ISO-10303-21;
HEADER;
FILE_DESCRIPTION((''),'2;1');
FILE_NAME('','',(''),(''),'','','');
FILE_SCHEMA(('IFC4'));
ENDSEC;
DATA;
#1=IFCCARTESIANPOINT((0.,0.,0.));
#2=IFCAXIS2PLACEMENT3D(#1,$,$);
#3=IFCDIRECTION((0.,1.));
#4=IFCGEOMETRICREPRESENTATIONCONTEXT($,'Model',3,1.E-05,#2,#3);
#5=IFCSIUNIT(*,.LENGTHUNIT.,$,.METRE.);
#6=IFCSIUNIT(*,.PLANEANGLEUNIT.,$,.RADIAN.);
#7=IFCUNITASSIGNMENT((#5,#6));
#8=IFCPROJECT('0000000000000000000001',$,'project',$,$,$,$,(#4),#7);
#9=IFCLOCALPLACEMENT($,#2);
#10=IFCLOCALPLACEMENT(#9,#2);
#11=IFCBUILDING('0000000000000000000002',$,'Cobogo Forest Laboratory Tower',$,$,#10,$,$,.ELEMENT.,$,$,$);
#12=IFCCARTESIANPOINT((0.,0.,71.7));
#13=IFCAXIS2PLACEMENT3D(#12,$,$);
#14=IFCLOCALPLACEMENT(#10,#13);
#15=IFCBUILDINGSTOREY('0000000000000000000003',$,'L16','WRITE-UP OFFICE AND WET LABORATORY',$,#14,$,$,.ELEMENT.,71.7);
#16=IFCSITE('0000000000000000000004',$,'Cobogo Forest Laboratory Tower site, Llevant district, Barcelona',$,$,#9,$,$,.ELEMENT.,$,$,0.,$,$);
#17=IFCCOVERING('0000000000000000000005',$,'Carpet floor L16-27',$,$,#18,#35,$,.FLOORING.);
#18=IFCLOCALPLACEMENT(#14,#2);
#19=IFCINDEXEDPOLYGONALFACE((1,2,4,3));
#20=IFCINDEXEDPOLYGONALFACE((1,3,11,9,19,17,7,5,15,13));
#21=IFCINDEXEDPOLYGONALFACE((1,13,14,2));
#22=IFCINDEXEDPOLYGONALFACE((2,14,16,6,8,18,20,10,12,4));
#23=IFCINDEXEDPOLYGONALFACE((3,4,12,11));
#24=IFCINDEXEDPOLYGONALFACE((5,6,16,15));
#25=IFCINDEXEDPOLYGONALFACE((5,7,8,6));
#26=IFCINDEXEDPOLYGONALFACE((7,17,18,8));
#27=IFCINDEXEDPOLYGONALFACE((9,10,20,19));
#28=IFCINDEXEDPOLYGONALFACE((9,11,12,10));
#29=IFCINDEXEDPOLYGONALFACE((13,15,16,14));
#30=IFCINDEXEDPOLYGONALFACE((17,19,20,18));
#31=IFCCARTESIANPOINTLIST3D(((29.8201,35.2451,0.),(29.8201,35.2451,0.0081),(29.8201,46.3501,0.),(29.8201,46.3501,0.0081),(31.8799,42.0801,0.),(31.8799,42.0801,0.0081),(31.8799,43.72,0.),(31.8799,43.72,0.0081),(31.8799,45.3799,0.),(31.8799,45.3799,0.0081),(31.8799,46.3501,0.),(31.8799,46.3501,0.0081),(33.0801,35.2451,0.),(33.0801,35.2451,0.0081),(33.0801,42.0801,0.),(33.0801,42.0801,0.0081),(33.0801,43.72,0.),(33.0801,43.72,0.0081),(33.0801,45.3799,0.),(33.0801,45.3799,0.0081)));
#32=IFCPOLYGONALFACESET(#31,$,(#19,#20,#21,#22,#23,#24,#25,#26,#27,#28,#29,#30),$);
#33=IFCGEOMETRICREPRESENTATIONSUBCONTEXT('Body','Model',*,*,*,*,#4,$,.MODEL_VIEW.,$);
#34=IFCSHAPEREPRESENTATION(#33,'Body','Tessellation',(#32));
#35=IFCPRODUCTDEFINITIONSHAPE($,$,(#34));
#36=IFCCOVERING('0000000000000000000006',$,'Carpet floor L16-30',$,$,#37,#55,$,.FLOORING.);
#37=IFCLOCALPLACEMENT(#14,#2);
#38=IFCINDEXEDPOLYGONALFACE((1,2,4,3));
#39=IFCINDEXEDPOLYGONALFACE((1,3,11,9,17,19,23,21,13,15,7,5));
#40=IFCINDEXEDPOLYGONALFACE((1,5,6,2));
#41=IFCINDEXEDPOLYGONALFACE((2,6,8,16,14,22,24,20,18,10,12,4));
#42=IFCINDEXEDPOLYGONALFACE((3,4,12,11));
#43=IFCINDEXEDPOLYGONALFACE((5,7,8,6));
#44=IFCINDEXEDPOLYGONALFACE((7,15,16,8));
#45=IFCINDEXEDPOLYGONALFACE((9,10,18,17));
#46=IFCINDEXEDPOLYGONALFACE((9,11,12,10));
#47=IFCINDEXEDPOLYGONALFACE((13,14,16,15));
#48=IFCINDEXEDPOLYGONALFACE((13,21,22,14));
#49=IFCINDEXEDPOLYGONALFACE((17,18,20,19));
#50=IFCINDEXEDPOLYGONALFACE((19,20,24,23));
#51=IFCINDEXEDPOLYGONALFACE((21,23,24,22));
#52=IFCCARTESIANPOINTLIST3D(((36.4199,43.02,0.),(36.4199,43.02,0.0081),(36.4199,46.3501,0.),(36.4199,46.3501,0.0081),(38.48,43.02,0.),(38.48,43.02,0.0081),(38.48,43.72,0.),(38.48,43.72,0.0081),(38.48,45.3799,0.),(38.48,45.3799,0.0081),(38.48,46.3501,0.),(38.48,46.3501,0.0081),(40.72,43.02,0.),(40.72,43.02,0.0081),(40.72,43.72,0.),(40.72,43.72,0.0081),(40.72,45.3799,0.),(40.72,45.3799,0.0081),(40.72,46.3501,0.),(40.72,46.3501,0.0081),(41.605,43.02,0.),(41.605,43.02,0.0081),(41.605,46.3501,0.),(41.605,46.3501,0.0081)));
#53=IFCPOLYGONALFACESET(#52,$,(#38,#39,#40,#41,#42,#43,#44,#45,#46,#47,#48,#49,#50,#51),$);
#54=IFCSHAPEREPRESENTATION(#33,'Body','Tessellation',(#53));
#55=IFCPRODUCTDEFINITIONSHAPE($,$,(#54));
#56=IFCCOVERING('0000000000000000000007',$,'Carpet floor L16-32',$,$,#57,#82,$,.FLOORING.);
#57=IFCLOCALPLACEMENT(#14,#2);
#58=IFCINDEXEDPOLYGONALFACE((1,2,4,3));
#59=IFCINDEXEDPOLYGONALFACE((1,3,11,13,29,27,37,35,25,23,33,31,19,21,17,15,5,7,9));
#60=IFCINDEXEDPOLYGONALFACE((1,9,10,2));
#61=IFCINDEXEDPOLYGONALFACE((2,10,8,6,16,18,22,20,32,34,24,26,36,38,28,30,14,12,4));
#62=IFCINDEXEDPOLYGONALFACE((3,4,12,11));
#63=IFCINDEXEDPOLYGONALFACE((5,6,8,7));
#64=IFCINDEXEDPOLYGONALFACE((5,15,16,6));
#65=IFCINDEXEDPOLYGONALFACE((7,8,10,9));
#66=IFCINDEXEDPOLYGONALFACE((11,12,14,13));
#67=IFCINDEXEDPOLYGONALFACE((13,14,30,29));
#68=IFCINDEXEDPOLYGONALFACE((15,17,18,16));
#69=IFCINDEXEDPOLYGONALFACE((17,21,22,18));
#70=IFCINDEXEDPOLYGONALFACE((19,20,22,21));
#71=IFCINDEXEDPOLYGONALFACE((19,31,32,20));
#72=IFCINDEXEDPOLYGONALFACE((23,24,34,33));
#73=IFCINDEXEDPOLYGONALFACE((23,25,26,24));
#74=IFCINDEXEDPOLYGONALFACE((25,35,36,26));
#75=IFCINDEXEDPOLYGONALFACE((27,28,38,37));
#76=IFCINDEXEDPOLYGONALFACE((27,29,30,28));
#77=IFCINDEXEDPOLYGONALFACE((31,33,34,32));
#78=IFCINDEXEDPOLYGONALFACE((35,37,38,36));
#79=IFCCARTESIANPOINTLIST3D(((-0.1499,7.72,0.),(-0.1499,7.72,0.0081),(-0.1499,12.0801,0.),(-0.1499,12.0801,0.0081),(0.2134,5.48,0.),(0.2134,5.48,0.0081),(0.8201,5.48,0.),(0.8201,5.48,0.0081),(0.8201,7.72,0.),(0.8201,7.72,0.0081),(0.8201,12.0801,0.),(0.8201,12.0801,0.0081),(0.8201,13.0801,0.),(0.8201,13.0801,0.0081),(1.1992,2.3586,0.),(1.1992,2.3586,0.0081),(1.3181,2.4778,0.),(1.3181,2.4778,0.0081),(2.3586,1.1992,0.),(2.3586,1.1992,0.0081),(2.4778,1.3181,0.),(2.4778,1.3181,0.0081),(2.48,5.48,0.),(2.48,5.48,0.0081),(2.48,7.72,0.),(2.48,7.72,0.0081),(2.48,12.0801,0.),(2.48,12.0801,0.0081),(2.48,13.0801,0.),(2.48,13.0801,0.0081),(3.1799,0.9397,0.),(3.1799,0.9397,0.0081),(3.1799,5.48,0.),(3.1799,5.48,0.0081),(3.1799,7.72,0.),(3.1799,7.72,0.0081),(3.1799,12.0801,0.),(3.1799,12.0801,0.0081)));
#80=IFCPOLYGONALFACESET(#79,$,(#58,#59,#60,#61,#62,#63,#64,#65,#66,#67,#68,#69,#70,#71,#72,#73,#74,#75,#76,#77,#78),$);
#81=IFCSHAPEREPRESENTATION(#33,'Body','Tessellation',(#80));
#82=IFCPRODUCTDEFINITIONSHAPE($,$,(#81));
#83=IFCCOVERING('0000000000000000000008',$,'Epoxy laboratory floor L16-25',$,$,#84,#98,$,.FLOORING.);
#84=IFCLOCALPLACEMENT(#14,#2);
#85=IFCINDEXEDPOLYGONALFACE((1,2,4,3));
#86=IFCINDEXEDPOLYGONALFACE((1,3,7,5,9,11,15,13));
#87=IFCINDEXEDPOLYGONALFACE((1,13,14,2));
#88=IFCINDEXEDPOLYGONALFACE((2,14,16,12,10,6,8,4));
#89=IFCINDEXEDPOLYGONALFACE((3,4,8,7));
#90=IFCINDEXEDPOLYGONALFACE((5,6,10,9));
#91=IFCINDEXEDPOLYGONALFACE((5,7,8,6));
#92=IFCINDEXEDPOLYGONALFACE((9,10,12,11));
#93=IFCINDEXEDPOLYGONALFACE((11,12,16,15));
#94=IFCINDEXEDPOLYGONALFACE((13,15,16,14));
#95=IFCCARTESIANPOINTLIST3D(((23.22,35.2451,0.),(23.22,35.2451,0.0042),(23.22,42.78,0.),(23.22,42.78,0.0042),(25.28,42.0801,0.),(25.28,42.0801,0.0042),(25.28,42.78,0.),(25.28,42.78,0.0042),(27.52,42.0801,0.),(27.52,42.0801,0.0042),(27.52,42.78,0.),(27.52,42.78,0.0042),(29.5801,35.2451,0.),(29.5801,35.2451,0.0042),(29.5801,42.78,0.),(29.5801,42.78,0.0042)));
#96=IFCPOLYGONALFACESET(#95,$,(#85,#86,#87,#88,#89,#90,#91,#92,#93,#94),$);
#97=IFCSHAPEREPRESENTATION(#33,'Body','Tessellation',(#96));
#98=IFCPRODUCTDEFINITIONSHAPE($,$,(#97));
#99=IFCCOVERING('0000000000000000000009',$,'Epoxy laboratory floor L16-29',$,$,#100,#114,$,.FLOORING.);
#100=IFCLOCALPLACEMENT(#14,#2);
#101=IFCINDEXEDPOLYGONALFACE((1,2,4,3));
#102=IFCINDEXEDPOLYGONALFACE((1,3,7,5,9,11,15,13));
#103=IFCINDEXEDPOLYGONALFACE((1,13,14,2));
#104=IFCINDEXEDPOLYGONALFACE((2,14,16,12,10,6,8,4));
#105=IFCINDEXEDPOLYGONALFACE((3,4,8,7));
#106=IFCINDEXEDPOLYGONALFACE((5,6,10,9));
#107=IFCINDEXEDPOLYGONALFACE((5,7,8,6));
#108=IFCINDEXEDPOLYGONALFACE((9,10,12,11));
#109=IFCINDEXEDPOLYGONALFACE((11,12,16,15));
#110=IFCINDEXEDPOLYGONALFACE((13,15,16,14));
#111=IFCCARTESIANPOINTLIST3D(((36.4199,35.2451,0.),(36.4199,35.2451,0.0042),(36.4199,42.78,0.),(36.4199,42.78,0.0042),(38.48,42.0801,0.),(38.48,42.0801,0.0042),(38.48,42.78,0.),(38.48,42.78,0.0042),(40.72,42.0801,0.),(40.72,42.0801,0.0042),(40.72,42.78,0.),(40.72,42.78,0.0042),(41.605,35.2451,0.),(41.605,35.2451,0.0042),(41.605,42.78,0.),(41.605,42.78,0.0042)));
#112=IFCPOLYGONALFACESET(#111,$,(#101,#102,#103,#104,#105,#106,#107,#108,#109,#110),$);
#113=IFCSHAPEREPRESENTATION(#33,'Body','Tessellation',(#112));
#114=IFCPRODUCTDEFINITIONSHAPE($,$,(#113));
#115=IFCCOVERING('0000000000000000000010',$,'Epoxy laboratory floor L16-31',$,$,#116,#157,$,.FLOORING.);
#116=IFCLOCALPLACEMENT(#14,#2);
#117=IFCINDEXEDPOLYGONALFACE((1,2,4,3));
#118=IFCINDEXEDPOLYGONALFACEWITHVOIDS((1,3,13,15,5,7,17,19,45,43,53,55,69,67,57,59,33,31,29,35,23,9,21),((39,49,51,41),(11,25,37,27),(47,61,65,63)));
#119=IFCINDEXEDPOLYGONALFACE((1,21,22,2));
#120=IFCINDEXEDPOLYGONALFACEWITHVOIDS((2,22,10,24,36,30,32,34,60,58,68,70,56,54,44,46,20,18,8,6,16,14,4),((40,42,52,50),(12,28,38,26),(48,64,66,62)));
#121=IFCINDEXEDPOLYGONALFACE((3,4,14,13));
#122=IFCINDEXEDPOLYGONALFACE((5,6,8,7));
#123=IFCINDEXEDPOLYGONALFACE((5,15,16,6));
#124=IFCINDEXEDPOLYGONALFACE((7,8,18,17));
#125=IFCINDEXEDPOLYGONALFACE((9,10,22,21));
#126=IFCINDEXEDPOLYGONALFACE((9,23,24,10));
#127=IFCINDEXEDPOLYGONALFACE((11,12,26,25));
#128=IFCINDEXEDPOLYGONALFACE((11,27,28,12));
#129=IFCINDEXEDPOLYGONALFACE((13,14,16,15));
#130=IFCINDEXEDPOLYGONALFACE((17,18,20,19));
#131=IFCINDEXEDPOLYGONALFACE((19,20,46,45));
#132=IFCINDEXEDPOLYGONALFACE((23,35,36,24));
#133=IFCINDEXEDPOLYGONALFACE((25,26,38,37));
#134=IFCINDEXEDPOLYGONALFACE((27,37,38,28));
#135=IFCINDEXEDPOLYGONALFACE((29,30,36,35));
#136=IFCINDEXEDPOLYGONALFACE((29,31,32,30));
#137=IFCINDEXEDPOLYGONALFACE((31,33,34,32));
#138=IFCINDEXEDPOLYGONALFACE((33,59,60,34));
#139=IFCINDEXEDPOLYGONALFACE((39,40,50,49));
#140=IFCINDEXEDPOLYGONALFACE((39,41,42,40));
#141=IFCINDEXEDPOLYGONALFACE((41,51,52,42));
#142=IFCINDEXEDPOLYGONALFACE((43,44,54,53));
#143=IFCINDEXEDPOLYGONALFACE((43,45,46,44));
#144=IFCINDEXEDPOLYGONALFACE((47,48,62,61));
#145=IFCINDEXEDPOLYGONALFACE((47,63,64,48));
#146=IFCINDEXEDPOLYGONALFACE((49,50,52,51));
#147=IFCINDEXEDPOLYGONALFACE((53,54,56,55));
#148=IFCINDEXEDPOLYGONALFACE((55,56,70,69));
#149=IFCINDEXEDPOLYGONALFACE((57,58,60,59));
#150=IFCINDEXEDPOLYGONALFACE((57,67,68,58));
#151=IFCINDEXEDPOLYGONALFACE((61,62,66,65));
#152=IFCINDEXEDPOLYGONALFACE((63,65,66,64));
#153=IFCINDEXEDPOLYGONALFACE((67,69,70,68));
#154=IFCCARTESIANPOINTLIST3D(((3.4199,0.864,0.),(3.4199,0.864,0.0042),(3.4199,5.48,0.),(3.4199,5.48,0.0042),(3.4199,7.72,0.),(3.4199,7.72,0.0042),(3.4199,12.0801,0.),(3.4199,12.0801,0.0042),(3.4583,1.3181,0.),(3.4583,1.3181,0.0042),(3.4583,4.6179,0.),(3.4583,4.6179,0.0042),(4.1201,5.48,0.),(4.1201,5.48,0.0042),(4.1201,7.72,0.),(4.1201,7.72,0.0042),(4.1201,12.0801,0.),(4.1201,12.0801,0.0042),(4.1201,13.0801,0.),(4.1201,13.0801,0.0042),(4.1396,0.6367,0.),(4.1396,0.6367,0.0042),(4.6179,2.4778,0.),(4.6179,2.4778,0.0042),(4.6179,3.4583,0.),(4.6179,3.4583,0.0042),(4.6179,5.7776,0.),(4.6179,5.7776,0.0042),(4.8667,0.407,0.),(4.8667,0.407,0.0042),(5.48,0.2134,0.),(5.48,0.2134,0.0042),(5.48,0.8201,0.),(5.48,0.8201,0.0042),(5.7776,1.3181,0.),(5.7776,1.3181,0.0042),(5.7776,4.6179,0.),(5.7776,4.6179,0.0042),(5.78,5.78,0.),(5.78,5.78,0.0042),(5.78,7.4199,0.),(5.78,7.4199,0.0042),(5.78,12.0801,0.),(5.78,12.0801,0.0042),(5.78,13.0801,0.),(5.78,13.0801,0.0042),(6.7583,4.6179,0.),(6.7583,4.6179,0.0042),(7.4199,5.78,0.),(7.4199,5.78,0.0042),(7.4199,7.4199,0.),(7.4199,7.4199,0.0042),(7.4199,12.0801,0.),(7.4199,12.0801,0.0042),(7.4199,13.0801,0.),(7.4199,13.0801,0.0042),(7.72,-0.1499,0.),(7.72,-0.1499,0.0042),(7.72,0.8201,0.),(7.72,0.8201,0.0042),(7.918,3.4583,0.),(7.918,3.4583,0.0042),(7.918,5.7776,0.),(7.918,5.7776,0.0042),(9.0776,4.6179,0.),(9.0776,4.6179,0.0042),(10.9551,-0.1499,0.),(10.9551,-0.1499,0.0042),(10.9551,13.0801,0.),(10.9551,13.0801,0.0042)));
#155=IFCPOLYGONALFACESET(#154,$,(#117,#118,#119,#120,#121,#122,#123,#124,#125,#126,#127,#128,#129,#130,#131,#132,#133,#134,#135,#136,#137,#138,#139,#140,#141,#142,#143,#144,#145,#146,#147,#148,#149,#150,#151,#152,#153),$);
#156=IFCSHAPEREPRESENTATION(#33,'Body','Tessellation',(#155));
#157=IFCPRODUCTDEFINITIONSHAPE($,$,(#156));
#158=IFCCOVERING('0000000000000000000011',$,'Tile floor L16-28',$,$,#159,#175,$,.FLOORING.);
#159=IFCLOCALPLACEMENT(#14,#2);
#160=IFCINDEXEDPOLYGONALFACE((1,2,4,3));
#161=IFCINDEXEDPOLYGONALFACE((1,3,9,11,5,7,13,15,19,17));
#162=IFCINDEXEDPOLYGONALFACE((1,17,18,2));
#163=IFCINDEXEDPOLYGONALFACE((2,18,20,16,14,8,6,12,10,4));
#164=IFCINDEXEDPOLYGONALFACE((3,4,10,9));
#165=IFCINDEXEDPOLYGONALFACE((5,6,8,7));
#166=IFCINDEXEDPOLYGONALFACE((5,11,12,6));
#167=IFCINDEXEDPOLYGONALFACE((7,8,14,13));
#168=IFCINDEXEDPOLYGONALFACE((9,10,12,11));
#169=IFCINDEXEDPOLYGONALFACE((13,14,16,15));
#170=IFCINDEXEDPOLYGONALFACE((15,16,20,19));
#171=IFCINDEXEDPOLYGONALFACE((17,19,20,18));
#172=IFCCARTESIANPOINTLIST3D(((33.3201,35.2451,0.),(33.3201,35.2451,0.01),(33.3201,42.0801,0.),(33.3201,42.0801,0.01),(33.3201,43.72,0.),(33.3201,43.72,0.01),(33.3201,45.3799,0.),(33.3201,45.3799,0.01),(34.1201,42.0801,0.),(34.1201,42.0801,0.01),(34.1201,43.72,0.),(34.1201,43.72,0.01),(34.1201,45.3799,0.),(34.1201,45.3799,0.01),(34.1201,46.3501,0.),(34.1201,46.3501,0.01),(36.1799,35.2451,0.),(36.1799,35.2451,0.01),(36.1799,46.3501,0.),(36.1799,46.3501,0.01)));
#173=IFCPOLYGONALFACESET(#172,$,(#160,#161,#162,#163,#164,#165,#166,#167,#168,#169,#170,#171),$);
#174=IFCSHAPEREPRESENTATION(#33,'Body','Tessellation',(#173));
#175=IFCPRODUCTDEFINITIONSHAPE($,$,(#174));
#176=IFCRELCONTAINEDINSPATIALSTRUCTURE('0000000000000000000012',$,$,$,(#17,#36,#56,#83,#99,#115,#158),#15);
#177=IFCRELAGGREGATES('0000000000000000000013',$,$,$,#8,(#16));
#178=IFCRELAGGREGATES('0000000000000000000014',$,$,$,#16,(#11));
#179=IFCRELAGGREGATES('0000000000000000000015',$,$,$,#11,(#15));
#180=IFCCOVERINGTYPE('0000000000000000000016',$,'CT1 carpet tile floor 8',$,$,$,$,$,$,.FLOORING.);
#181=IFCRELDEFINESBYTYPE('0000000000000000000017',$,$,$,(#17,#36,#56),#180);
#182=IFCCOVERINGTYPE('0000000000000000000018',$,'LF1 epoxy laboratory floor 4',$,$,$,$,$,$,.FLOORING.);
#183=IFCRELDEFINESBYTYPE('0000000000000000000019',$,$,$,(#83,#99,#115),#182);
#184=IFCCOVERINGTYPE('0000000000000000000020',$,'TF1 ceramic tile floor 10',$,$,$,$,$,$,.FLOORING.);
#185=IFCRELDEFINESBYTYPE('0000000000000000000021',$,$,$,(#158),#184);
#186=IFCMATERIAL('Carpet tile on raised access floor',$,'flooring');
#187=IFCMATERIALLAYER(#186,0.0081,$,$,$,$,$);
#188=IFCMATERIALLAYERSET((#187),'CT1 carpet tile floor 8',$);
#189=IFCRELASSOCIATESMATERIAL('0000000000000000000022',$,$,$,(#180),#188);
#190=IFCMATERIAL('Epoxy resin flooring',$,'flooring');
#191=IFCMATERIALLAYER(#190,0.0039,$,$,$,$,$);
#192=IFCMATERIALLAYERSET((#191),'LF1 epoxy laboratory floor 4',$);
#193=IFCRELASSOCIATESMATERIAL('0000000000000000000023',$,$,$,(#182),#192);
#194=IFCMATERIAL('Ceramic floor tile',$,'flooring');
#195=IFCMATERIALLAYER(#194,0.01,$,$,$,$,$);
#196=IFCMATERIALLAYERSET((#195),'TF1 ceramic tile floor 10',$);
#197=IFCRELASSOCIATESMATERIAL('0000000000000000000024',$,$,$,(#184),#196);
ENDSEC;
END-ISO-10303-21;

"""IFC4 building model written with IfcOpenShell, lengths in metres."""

from ifc_helpers import new_model, si_unit, direction, frame, origin, place, context, subcontext, project, spatial, polyline, outline, extrude, material, layer, layer_set, type_object, element, save


model = new_model("IFC4")

# Units and contexts
model_context = context("Model", 3, precision=1e-05, world=origin(), true_north=direction((0.0, 1.0)))
body_context = subcontext(model_context, "Body", "Model", "MODEL_VIEW")
ifc_project = project(units=[si_unit("LENGTHUNIT", "METRE"), si_unit("PLANEANGLEUNIT", "RADIAN")], contexts=[model_context])

# Site, building, storey
site_placement = place(None, origin())
site = spatial("IfcSite", under=ifc_project, at=site_placement, Name="Cobogo Forest Laboratory Tower site, Llevant district, Barcelona", CompositionType="ELEMENT", RefElevation=0.0)
building_placement = place(site_placement, origin())
building = spatial("IfcBuilding", under=site, at=building_placement, Name="Cobogo Forest Laboratory Tower", CompositionType="ELEMENT")
storey_placement = place(building_placement, frame((0.0, 0.0, 71.7)))
storey = spatial("IfcBuildingStorey", under=building, at=storey_placement, Name="L16", Description="WRITE-UP OFFICE AND WET LABORATORY", CompositionType="ELEMENT", Elevation=71.7)

# Coverings
ifc_material_1 = material(Name="Carpet tile on raised access floor", Category="flooring")
ifc_layer_1 = layer(ifc_material_1, 0.0081)
ifc_layer_set_1 = layer_set([ifc_layer_1], Name="CT1 carpet tile floor 8")
covering_type_1 = type_object("IfcCoveringType", Name="CT1 carpet tile floor 8", PredefinedType="FLOORING", material=ifc_layer_set_1)
covering_1_placement = place(storey_placement, origin())
element("IfcCovering", 1, at=covering_1_placement, inside=storey, type_object=covering_type_1, Name="Carpet floor L16-27", PredefinedType="FLOORING", context=body_context, shape_type="SweptSolid", body=[
    extrude(outline(polyline([(29.8201, 35.2451), (29.8201, 46.3501), (31.8799, 46.3501), (31.8799, 45.3799), (33.0801, 45.3799), (33.0801, 43.72), (31.8799, 43.72), (31.8799, 42.0801), (33.0801, 42.0801), (33.0801, 35.2451), (29.8201, 35.2451)])), origin(), (0.0, 0.0, 1.0), 0.0081),
])
covering_2_placement = place(storey_placement, origin())
element("IfcCovering", 2, at=covering_2_placement, inside=storey, type_object=covering_type_1, Name="Carpet floor L16-30", PredefinedType="FLOORING", context=body_context, shape_type="SweptSolid", body=[
    extrude(outline(polyline([(40.72, 43.02), (40.72, 43.72), (38.48, 43.72), (38.48, 43.02), (36.4199, 43.02), (36.4199, 46.3501), (38.48, 46.3501), (38.48, 45.3799), (40.72, 45.3799), (40.72, 46.3501), (41.605, 46.3501), (41.605, 43.02), (40.72, 43.02)])), origin(), (0.0, 0.0, 1.0), 0.0081),
])
covering_3_placement = place(storey_placement, origin())
element("IfcCovering", 3, at=covering_3_placement, inside=storey, type_object=covering_type_1, Name="Carpet floor L16-32", PredefinedType="FLOORING", context=body_context, shape_type="SweptSolid", body=[
    extrude(outline(polyline([(3.1799, 7.72), (2.48, 7.72), (2.48, 5.48), (3.1799, 5.48), (3.1799, 0.9397), (2.3586, 1.1992), (2.4778, 1.3181), (1.3181, 2.4778), (1.1992, 2.3586), (0.2134, 5.48), (0.8201, 5.48), (0.8201, 7.72), (-0.1499, 7.72), (-0.1499, 12.0801), (0.8201, 12.0801), (0.8201, 13.0801), (2.48, 13.0801), (2.48, 12.0801), (3.1799, 12.0801), (3.1799, 7.72)])), origin(), (0.0, 0.0, 1.0), 0.0081),
])
ifc_material_2 = material(Name="Epoxy resin flooring", Category="flooring")
ifc_layer_2 = layer(ifc_material_2, 0.0039)
ifc_layer_set_2 = layer_set([ifc_layer_2], Name="LF1 epoxy laboratory floor 4")
covering_type_2 = type_object("IfcCoveringType", Name="LF1 epoxy laboratory floor 4", PredefinedType="FLOORING", material=ifc_layer_set_2)
covering_4_placement = place(storey_placement, origin())
element("IfcCovering", 4, at=covering_4_placement, inside=storey, type_object=covering_type_2, Name="Epoxy laboratory floor L16-25", PredefinedType="FLOORING", context=body_context, shape_type="SweptSolid", body=[
    extrude(outline(polyline([(23.22, 42.78), (25.28, 42.78), (25.28, 42.0801), (27.52, 42.0801), (27.52, 42.78), (29.5801, 42.78), (29.5801, 35.2451), (23.22, 35.2451), (23.22, 42.78)])), origin(), (0.0, 0.0, 1.0), 0.0042),
])
covering_5_placement = place(storey_placement, origin())
element("IfcCovering", 5, at=covering_5_placement, inside=storey, type_object=covering_type_2, Name="Epoxy laboratory floor L16-29", PredefinedType="FLOORING", context=body_context, shape_type="SweptSolid", body=[
    extrude(outline(polyline([(36.4199, 42.78), (38.48, 42.78), (38.48, 42.0801), (40.72, 42.0801), (40.72, 42.78), (41.605, 42.78), (41.605, 35.2451), (36.4199, 35.2451), (36.4199, 42.78)])), origin(), (0.0, 0.0, 1.0), 0.0042),
])
covering_6_placement = place(storey_placement, origin())
element("IfcCovering", 6, at=covering_6_placement, inside=storey, type_object=covering_type_2, Name="Epoxy laboratory floor L16-31", PredefinedType="FLOORING", context=body_context, shape_type="SweptSolid", body=[
    extrude(outline(polyline([(5.78, 13.0801), (5.78, 12.0801), (7.4199, 12.0801), (7.4199, 13.0801), (10.9551, 13.0801), (10.9551, -0.1499), (7.72, -0.1499), (7.72, 0.8201), (5.48, 0.8201), (5.48, 0.2134), (4.8667, 0.407), (5.7776, 1.3181), (4.6179, 2.4778), (3.4583, 1.3181), (4.1396, 0.6367), (3.4199, 0.864), (3.4199, 5.48), (4.1201, 5.48), (4.1201, 7.72), (3.4199, 7.72), (3.4199, 12.0801), (4.1201, 12.0801), (4.1201, 13.0801), (5.78, 13.0801)]), holes=[polyline([(7.918, 5.7776), (6.7583, 4.6179), (7.918, 3.4583), (9.0776, 4.6179), (7.918, 5.7776)]), polyline([(5.78, 7.4199), (5.78, 5.78), (7.4199, 5.78), (7.4199, 7.4199), (5.78, 7.4199)]), polyline([(3.4583, 4.6179), (4.6179, 3.4583), (5.7776, 4.6179), (4.6179, 5.7776), (3.4583, 4.6179)])]), origin(), (0.0, 0.0, 1.0), 0.0042),
])
ifc_material_3 = material(Name="Ceramic floor tile", Category="flooring")
ifc_layer_3 = layer(ifc_material_3, 0.01)
ifc_layer_set_3 = layer_set([ifc_layer_3], Name="TF1 ceramic tile floor 10")
covering_type_3 = type_object("IfcCoveringType", Name="TF1 ceramic tile floor 10", PredefinedType="FLOORING", material=ifc_layer_set_3)
covering_7_placement = place(storey_placement, origin())
element("IfcCovering", 7, at=covering_7_placement, inside=storey, type_object=covering_type_3, Name="Tile floor L16-28", PredefinedType="FLOORING", context=body_context, shape_type="SweptSolid", body=[
    extrude(outline(polyline([(33.3201, 35.2451), (33.3201, 42.0801), (34.1201, 42.0801), (34.1201, 43.72), (33.3201, 43.72), (33.3201, 45.3799), (34.1201, 45.3799), (34.1201, 46.3501), (36.1799, 46.3501), (36.1799, 35.2451), (33.3201, 35.2451)])), origin(), (0.0, 0.0, 1.0), 0.01),
])

save(model, "model.ifc")
